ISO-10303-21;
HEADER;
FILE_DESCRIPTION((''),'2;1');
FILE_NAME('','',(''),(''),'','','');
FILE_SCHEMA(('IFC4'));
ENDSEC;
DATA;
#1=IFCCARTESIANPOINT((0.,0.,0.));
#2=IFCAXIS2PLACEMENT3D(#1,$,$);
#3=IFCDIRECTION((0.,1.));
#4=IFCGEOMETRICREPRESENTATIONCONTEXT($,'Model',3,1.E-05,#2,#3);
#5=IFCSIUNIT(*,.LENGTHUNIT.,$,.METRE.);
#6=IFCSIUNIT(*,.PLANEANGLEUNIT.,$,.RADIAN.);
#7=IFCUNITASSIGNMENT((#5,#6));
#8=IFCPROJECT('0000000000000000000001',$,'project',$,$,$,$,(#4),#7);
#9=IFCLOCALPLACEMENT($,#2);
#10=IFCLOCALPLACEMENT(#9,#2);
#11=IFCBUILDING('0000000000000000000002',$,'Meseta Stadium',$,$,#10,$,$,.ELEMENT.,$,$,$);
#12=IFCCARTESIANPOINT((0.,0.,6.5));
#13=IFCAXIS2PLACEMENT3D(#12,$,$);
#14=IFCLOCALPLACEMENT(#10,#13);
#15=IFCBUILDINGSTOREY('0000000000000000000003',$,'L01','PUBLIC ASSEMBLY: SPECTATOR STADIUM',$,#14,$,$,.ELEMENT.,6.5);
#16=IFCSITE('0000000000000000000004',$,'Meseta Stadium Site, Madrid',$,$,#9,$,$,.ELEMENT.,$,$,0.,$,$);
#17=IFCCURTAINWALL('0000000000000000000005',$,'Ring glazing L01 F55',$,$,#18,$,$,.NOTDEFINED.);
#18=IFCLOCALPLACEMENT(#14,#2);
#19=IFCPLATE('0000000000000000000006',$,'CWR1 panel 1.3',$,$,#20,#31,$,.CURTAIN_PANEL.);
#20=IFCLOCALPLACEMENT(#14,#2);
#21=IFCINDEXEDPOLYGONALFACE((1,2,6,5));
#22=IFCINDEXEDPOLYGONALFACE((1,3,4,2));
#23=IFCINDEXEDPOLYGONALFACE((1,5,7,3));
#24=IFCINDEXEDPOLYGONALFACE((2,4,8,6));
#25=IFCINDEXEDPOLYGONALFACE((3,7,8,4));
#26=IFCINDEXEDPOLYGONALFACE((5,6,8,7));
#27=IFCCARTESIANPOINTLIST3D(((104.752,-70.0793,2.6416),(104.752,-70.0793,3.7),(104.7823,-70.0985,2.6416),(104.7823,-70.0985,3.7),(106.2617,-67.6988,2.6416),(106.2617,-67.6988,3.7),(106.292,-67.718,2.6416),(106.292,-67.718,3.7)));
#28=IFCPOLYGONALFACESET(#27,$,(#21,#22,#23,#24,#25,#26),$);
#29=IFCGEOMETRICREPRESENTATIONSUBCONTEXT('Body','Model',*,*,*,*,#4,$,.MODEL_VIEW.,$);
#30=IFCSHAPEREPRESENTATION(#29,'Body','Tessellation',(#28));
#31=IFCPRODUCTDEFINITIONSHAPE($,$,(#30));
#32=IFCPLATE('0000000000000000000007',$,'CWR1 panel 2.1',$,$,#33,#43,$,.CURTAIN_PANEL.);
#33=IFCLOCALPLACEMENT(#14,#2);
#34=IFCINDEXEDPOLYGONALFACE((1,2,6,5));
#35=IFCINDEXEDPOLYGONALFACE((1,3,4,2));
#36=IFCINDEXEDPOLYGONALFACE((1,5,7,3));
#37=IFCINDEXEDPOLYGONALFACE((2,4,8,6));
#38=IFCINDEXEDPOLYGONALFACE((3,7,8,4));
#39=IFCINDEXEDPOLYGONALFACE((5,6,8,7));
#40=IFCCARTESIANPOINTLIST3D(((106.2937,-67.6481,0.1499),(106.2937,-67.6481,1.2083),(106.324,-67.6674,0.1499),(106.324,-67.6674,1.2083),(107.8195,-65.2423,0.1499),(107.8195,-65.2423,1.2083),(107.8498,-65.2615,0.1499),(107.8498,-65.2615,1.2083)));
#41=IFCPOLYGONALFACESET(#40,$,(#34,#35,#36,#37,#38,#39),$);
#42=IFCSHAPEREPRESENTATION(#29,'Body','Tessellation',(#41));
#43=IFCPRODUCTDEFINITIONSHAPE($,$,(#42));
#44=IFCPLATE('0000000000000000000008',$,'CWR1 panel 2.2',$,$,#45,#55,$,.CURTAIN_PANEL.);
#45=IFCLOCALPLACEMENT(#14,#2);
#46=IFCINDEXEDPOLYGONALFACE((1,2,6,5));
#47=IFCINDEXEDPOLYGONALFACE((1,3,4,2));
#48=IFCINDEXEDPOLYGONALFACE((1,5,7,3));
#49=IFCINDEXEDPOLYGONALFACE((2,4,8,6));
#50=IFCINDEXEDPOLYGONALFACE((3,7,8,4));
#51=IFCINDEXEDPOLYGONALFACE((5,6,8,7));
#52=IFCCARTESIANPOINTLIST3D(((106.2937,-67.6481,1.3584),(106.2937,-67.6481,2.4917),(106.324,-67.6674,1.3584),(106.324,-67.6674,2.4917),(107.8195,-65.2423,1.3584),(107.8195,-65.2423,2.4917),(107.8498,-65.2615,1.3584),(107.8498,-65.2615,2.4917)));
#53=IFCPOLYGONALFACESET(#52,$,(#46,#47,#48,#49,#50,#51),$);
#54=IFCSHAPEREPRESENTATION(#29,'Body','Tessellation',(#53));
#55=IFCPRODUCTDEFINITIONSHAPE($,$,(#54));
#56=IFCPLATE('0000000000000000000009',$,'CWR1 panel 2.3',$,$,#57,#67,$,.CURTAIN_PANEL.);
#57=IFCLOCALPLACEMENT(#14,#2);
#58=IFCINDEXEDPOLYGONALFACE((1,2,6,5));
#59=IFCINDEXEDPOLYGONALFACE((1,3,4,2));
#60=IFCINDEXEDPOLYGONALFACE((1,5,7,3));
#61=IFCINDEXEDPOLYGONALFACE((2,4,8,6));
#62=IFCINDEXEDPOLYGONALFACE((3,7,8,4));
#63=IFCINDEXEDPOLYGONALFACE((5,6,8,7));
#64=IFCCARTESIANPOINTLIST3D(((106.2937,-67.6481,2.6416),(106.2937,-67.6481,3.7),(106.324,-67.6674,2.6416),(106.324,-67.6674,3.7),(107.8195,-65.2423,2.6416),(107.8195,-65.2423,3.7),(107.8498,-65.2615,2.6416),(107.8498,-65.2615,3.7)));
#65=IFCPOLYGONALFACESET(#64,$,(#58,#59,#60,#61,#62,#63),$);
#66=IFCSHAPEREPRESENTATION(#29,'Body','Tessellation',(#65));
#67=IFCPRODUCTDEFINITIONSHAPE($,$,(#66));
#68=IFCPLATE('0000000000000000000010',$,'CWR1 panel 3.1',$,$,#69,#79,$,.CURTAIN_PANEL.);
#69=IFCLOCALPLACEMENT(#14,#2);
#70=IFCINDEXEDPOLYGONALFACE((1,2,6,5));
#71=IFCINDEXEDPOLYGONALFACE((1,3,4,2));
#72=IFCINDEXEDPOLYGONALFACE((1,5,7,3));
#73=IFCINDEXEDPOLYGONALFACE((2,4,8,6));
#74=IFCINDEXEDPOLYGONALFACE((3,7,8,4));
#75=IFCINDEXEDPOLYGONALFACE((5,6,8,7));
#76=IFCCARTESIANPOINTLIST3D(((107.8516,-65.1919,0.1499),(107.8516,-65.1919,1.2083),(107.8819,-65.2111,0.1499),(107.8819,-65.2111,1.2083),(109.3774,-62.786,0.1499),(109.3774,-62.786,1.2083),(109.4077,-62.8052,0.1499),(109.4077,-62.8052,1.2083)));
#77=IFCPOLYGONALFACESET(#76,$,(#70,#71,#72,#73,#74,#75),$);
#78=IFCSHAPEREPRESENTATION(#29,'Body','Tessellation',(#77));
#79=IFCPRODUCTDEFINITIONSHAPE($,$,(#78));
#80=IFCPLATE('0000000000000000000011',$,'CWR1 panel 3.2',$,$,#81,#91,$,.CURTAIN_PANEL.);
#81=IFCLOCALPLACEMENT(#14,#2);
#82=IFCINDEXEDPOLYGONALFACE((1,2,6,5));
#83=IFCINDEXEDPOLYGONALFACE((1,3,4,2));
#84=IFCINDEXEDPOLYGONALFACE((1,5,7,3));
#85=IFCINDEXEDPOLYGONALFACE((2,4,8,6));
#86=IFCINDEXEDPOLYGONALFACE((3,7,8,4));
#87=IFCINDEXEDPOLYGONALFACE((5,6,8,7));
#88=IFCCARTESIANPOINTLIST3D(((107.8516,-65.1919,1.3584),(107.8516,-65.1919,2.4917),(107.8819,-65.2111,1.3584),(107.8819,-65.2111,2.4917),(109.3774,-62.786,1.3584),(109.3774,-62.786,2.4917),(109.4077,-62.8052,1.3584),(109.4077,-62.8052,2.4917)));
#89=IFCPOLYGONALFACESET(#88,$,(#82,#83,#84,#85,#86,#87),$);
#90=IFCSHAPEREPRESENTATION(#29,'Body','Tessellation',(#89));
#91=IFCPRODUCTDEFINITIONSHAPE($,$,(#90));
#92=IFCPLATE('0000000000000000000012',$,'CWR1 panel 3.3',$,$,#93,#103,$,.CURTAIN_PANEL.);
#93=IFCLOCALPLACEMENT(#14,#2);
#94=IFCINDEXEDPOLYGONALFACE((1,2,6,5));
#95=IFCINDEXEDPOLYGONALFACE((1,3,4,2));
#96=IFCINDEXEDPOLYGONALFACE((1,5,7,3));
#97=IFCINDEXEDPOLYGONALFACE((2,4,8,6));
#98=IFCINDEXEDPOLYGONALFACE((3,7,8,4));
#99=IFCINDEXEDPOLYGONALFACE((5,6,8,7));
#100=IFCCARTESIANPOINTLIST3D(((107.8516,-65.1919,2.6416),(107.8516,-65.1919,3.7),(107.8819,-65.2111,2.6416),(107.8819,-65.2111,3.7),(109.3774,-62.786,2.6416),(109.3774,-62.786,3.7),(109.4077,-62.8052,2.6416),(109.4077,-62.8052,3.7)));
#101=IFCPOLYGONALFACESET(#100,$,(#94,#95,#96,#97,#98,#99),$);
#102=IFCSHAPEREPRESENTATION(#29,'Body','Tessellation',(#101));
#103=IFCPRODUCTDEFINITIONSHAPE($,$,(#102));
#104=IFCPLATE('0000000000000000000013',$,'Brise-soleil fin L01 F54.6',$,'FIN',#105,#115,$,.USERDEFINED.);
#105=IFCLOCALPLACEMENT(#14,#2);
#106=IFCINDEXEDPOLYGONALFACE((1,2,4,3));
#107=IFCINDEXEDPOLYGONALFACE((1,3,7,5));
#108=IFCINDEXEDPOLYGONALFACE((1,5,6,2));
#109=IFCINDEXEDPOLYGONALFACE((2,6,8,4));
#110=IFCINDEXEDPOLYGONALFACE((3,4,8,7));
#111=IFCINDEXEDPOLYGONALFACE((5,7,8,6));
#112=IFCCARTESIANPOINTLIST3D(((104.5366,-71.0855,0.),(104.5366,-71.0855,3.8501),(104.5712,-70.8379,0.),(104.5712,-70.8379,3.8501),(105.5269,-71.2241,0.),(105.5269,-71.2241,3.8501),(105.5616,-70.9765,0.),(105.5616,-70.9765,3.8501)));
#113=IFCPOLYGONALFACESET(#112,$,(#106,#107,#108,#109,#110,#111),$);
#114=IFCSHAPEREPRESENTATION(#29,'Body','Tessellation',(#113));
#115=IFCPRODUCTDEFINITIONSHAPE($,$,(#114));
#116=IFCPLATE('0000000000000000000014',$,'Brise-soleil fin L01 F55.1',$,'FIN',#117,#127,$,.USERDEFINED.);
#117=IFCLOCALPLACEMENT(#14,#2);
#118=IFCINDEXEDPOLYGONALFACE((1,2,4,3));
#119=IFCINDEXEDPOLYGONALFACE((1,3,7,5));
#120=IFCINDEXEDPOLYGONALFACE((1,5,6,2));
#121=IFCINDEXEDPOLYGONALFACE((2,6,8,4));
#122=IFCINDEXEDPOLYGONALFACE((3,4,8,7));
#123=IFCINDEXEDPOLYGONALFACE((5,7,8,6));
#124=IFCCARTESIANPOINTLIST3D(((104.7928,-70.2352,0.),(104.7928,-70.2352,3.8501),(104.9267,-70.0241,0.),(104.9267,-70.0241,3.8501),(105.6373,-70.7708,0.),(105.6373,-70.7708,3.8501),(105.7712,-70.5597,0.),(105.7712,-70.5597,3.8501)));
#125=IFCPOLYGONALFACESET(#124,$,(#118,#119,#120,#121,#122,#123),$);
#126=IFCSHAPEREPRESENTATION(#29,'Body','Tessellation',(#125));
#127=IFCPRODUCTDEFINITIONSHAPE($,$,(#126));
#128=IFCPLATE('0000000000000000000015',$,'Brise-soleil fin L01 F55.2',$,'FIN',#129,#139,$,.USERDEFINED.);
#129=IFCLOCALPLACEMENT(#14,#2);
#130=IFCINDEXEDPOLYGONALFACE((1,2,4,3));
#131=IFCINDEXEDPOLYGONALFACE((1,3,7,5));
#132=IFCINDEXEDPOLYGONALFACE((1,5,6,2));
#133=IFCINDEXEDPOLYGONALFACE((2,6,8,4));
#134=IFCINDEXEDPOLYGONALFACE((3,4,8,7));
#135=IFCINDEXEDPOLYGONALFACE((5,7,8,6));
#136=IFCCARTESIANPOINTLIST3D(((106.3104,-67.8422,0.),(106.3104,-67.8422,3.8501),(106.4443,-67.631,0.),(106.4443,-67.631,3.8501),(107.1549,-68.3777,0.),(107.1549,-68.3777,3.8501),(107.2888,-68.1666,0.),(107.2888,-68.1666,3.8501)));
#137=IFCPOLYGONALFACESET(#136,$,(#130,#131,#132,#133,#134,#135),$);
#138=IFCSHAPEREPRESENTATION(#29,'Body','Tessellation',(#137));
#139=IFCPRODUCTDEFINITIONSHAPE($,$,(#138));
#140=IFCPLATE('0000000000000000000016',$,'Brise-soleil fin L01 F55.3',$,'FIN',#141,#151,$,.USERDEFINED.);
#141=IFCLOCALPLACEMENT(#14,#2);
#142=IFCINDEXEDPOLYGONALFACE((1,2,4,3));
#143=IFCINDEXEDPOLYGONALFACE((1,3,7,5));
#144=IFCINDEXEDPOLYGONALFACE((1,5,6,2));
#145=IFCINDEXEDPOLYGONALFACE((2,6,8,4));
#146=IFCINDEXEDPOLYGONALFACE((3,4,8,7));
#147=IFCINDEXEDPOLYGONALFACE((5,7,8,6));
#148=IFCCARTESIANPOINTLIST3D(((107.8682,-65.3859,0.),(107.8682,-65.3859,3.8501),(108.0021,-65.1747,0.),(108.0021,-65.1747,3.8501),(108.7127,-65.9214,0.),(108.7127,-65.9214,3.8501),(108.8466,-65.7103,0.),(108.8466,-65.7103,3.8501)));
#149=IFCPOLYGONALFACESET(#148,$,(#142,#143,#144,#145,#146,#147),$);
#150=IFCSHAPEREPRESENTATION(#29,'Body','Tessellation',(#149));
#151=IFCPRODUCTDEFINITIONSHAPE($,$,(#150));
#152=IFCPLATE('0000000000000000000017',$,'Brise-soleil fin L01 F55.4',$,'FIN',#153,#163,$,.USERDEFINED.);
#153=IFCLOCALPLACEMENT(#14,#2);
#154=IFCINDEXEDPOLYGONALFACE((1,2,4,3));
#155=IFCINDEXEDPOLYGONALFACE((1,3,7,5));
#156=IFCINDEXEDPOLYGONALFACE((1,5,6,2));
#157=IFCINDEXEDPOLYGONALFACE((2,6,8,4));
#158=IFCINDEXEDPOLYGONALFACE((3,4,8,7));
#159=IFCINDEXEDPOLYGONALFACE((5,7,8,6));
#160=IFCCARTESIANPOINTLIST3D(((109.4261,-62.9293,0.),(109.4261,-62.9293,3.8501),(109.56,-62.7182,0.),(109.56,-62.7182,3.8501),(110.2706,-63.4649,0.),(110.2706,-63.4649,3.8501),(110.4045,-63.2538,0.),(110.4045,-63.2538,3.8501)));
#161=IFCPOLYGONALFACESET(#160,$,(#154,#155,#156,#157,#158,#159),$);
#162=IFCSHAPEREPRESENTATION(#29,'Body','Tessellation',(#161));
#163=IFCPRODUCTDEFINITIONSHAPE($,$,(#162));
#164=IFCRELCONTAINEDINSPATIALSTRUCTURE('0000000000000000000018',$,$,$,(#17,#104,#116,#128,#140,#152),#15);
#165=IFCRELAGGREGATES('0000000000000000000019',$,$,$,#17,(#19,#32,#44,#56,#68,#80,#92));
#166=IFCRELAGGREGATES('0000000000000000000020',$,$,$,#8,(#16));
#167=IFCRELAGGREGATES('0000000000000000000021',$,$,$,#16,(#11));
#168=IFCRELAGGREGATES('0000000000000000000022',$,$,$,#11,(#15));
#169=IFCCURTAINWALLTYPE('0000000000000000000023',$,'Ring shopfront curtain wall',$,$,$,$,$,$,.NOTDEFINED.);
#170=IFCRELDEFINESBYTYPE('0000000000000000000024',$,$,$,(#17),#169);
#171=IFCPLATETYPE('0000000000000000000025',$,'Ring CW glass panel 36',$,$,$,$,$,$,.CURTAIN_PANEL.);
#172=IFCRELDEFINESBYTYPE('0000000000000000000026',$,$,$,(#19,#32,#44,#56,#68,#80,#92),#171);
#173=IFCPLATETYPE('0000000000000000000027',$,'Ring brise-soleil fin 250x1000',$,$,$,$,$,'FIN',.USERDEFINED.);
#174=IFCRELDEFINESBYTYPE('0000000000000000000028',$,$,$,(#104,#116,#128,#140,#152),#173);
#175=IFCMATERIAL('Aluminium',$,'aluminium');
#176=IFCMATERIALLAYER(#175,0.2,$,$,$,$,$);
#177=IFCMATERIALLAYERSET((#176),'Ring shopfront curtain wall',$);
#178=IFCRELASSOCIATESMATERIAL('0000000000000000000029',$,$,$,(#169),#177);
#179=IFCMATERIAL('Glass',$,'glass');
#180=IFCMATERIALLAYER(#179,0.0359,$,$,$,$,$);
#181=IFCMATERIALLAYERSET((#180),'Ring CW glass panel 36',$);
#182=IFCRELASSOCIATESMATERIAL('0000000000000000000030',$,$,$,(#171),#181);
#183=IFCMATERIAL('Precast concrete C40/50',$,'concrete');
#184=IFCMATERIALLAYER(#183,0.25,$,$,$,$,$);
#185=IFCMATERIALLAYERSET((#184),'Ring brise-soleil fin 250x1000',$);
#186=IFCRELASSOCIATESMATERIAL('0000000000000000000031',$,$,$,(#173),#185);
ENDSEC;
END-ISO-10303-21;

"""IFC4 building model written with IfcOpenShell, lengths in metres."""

from ifc_helpers import new_model, si_unit, direction, frame, origin, origin_2d, place, context, subcontext, project, spatial, rectangle, extrude, material, layer, layer_set, type_object, element, aggregate, save


model = new_model("IFC4")

# Units and contexts
model_context = context("Model", 3, precision=1e-05, world=origin(), true_north=direction((0.0, 1.0)))
body_context = subcontext(model_context, "Body", "Model", "MODEL_VIEW")
ifc_project = project(units=[si_unit("LENGTHUNIT", "METRE"), si_unit("PLANEANGLEUNIT", "RADIAN")], contexts=[model_context])

# Site, building, storey
site_placement = place(None, origin())
site = spatial("IfcSite", under=ifc_project, at=site_placement, Name="Meseta Stadium Site, Madrid", CompositionType="ELEMENT", RefElevation=0.0)
building_placement = place(site_placement, origin())
building = spatial("IfcBuilding", under=site, at=building_placement, Name="Meseta Stadium", CompositionType="ELEMENT")
storey_placement = place(building_placement, frame((0.0, 0.0, 6.5)))
storey = spatial("IfcBuildingStorey", under=building, at=storey_placement, Name="L01", Description="PUBLIC ASSEMBLY: SPECTATOR STADIUM", CompositionType="ELEMENT", Elevation=6.5)

# Shared definitions
ifc_material_1 = material(Name="Aluminium", Category="aluminium")
ifc_layer_1 = layer(ifc_material_1, 0.2)
ifc_layer_set_1 = layer_set([ifc_layer_1], Name="Ring shopfront curtain wall")
curtain_wall_type = type_object("IfcCurtainWallType", Name="Ring shopfront curtain wall", PredefinedType="NOTDEFINED", material=ifc_layer_set_1)

# Curtain wall, plates
curtain_wall_1_placement = place(storey_placement, origin())
curtain_wall_1 = element("IfcCurtainWall", 1, at=curtain_wall_1_placement, inside=storey, type_object=curtain_wall_type, Name="Ring glazing L01 F55", PredefinedType="NOTDEFINED")
ifc_material_2 = material(Name="Glass", Category="glass")
ifc_layer_2 = layer(ifc_material_2, 0.0359)
ifc_layer_set_2 = layer_set([ifc_layer_2], Name="Ring CW glass panel 36")
plate_type_1 = type_object("IfcPlateType", Name="Ring CW glass panel 36", PredefinedType="CURTAIN_PANEL", material=ifc_layer_set_2)
plate_1_placement = place(storey_placement, frame((105.522, -68.8987, 2.6416), z_axis=(0.0, 0.0, 1.0), x_axis=(0.535569, 0.844491, 0.0)))
plate_1 = element("IfcPlate", 2, at=plate_1_placement, type_object=plate_type_1, Name="CWR1 panel 1.3", PredefinedType="CURTAIN_PANEL", context=body_context, shape_type="SweptSolid", body=[
    extrude(rectangle(XDim=2.8188, YDim=0.0359, at=origin_2d()), origin(), (0.0, 0.0, 1.0), 1.0583),
])
plate_2_placement = place(storey_placement, frame((107.0718, -66.4548, 0.1499), z_axis=(0.0, 0.0, 1.0), x_axis=(0.535569, 0.844491, 0.0)))
plate_2 = element("IfcPlate", 3, at=plate_2_placement, type_object=plate_type_1, Name="CWR1 panel 2.1", PredefinedType="CURTAIN_PANEL", context=body_context, shape_type="SweptSolid", body=[
    extrude(rectangle(XDim=2.8489, YDim=0.0359, at=origin_2d()), origin(), (0.0, 0.0, 1.0), 1.0583),
])
plate_3_placement = place(storey_placement, frame((107.0718, -66.4548, 1.3584), z_axis=(0.0, 0.0, 1.0), x_axis=(0.535569, 0.844491, 0.0)))
plate_3 = element("IfcPlate", 4, at=plate_3_placement, type_object=plate_type_1, Name="CWR1 panel 2.2", PredefinedType="CURTAIN_PANEL", context=body_context, shape_type="SweptSolid", body=[
    extrude(rectangle(XDim=2.8489, YDim=0.0359, at=origin_2d()), origin(), (0.0, 0.0, 1.0), 1.1333),
])
plate_4_placement = place(storey_placement, frame((107.0718, -66.4548, 2.6416), z_axis=(0.0, 0.0, 1.0), x_axis=(0.535569, 0.844491, 0.0)))
plate_4 = element("IfcPlate", 5, at=plate_4_placement, type_object=plate_type_1, Name="CWR1 panel 2.3", PredefinedType="CURTAIN_PANEL", context=body_context, shape_type="SweptSolid", body=[
    extrude(rectangle(XDim=2.8489, YDim=0.0359, at=origin_2d()), origin(), (0.0, 0.0, 1.0), 1.0583),
])
plate_5_placement = place(storey_placement, frame((108.6296, -63.9985, 0.1499), z_axis=(0.0, 0.0, 1.0), x_axis=(0.535569, 0.844491, 0.0)))
plate_5 = element("IfcPlate", 6, at=plate_5_placement, type_object=plate_type_1, Name="CWR1 panel 3.1", PredefinedType="CURTAIN_PANEL", context=body_context, shape_type="SweptSolid", body=[
    extrude(rectangle(XDim=2.8489, YDim=0.0359, at=origin_2d()), origin(), (0.0, 0.0, 1.0), 1.0583),
])
plate_6_placement = place(storey_placement, frame((108.6296, -63.9985, 1.3584), z_axis=(0.0, 0.0, 1.0), x_axis=(0.535569, 0.844491, 0.0)))
plate_6 = element("IfcPlate", 7, at=plate_6_placement, type_object=plate_type_1, Name="CWR1 panel 3.2", PredefinedType="CURTAIN_PANEL", context=body_context, shape_type="SweptSolid", body=[
    extrude(rectangle(XDim=2.8489, YDim=0.0359, at=origin_2d()), origin(), (0.0, 0.0, 1.0), 1.1333),
])
plate_7_placement = place(storey_placement, frame((108.6296, -63.9985, 2.6416), z_axis=(0.0, 0.0, 1.0), x_axis=(0.535569, 0.844491, 0.0)))
plate_7 = element("IfcPlate", 8, at=plate_7_placement, type_object=plate_type_1, Name="CWR1 panel 3.3", PredefinedType="CURTAIN_PANEL", context=body_context, shape_type="SweptSolid", body=[
    extrude(rectangle(XDim=2.8489, YDim=0.0359, at=origin_2d()), origin(), (0.0, 0.0, 1.0), 1.0583),
])
aggregate(curtain_wall_1, [plate_1, plate_2, plate_3, plate_4, plate_5, plate_6, plate_7])

# Plates
ifc_material_3 = material(Name="Precast concrete C40/50", Category="concrete")
ifc_layer_3 = layer(ifc_material_3, 0.25)
ifc_layer_set_3 = layer_set([ifc_layer_3], Name="Ring brise-soleil fin 250x1000")
plate_type_2 = type_object("IfcPlateType", Name="Ring brise-soleil fin 250x1000", ElementType="FIN", PredefinedType="USERDEFINED", material=ifc_layer_set_3)
for number, where, z_axis, x_axis, name in (
    (9, (105.0491, -71.031, 0.0), (0.0, 0.0, 1.0), (0.138641, 0.990343, 0.0), "Brise-soleil fin L01 F54.6"),
    (10, (105.282, -70.3975, 0.0), (0.0, 0.0, 1.0), (0.535569, 0.844492, 0.0), "Brise-soleil fin L01 F55.1"),
    (11, (106.7996, -68.0044, 0.0), (0.0, 0.0, 1.0), (0.535569, 0.844492, 0.0), "Brise-soleil fin L01 F55.2"),
    (12, (108.3574, -65.5481, 0.0), (0.0, 0.0, 1.0), (0.535569, 0.844492, 0.0), "Brise-soleil fin L01 F55.3"),
    (13, (109.9153, -63.0916, 0.0), (0.0, 0.0, 1.0), (0.535569, 0.844492, 0.0), "Brise-soleil fin L01 F55.4"),
):
    element("IfcPlate", number, at=place(storey_placement, frame(where, z_axis=z_axis, x_axis=x_axis)), inside=storey, type_object=plate_type_2, Name=name, ObjectType="FIN", PredefinedType="USERDEFINED", context=body_context, shape_type="SweptSolid", body=[
        extrude(rectangle(XDim=0.25, YDim=1.0, at=origin_2d()), origin(), (0.0, 0.0, 1.0), 3.8501),
    ])

save(model, "model.ifc")
